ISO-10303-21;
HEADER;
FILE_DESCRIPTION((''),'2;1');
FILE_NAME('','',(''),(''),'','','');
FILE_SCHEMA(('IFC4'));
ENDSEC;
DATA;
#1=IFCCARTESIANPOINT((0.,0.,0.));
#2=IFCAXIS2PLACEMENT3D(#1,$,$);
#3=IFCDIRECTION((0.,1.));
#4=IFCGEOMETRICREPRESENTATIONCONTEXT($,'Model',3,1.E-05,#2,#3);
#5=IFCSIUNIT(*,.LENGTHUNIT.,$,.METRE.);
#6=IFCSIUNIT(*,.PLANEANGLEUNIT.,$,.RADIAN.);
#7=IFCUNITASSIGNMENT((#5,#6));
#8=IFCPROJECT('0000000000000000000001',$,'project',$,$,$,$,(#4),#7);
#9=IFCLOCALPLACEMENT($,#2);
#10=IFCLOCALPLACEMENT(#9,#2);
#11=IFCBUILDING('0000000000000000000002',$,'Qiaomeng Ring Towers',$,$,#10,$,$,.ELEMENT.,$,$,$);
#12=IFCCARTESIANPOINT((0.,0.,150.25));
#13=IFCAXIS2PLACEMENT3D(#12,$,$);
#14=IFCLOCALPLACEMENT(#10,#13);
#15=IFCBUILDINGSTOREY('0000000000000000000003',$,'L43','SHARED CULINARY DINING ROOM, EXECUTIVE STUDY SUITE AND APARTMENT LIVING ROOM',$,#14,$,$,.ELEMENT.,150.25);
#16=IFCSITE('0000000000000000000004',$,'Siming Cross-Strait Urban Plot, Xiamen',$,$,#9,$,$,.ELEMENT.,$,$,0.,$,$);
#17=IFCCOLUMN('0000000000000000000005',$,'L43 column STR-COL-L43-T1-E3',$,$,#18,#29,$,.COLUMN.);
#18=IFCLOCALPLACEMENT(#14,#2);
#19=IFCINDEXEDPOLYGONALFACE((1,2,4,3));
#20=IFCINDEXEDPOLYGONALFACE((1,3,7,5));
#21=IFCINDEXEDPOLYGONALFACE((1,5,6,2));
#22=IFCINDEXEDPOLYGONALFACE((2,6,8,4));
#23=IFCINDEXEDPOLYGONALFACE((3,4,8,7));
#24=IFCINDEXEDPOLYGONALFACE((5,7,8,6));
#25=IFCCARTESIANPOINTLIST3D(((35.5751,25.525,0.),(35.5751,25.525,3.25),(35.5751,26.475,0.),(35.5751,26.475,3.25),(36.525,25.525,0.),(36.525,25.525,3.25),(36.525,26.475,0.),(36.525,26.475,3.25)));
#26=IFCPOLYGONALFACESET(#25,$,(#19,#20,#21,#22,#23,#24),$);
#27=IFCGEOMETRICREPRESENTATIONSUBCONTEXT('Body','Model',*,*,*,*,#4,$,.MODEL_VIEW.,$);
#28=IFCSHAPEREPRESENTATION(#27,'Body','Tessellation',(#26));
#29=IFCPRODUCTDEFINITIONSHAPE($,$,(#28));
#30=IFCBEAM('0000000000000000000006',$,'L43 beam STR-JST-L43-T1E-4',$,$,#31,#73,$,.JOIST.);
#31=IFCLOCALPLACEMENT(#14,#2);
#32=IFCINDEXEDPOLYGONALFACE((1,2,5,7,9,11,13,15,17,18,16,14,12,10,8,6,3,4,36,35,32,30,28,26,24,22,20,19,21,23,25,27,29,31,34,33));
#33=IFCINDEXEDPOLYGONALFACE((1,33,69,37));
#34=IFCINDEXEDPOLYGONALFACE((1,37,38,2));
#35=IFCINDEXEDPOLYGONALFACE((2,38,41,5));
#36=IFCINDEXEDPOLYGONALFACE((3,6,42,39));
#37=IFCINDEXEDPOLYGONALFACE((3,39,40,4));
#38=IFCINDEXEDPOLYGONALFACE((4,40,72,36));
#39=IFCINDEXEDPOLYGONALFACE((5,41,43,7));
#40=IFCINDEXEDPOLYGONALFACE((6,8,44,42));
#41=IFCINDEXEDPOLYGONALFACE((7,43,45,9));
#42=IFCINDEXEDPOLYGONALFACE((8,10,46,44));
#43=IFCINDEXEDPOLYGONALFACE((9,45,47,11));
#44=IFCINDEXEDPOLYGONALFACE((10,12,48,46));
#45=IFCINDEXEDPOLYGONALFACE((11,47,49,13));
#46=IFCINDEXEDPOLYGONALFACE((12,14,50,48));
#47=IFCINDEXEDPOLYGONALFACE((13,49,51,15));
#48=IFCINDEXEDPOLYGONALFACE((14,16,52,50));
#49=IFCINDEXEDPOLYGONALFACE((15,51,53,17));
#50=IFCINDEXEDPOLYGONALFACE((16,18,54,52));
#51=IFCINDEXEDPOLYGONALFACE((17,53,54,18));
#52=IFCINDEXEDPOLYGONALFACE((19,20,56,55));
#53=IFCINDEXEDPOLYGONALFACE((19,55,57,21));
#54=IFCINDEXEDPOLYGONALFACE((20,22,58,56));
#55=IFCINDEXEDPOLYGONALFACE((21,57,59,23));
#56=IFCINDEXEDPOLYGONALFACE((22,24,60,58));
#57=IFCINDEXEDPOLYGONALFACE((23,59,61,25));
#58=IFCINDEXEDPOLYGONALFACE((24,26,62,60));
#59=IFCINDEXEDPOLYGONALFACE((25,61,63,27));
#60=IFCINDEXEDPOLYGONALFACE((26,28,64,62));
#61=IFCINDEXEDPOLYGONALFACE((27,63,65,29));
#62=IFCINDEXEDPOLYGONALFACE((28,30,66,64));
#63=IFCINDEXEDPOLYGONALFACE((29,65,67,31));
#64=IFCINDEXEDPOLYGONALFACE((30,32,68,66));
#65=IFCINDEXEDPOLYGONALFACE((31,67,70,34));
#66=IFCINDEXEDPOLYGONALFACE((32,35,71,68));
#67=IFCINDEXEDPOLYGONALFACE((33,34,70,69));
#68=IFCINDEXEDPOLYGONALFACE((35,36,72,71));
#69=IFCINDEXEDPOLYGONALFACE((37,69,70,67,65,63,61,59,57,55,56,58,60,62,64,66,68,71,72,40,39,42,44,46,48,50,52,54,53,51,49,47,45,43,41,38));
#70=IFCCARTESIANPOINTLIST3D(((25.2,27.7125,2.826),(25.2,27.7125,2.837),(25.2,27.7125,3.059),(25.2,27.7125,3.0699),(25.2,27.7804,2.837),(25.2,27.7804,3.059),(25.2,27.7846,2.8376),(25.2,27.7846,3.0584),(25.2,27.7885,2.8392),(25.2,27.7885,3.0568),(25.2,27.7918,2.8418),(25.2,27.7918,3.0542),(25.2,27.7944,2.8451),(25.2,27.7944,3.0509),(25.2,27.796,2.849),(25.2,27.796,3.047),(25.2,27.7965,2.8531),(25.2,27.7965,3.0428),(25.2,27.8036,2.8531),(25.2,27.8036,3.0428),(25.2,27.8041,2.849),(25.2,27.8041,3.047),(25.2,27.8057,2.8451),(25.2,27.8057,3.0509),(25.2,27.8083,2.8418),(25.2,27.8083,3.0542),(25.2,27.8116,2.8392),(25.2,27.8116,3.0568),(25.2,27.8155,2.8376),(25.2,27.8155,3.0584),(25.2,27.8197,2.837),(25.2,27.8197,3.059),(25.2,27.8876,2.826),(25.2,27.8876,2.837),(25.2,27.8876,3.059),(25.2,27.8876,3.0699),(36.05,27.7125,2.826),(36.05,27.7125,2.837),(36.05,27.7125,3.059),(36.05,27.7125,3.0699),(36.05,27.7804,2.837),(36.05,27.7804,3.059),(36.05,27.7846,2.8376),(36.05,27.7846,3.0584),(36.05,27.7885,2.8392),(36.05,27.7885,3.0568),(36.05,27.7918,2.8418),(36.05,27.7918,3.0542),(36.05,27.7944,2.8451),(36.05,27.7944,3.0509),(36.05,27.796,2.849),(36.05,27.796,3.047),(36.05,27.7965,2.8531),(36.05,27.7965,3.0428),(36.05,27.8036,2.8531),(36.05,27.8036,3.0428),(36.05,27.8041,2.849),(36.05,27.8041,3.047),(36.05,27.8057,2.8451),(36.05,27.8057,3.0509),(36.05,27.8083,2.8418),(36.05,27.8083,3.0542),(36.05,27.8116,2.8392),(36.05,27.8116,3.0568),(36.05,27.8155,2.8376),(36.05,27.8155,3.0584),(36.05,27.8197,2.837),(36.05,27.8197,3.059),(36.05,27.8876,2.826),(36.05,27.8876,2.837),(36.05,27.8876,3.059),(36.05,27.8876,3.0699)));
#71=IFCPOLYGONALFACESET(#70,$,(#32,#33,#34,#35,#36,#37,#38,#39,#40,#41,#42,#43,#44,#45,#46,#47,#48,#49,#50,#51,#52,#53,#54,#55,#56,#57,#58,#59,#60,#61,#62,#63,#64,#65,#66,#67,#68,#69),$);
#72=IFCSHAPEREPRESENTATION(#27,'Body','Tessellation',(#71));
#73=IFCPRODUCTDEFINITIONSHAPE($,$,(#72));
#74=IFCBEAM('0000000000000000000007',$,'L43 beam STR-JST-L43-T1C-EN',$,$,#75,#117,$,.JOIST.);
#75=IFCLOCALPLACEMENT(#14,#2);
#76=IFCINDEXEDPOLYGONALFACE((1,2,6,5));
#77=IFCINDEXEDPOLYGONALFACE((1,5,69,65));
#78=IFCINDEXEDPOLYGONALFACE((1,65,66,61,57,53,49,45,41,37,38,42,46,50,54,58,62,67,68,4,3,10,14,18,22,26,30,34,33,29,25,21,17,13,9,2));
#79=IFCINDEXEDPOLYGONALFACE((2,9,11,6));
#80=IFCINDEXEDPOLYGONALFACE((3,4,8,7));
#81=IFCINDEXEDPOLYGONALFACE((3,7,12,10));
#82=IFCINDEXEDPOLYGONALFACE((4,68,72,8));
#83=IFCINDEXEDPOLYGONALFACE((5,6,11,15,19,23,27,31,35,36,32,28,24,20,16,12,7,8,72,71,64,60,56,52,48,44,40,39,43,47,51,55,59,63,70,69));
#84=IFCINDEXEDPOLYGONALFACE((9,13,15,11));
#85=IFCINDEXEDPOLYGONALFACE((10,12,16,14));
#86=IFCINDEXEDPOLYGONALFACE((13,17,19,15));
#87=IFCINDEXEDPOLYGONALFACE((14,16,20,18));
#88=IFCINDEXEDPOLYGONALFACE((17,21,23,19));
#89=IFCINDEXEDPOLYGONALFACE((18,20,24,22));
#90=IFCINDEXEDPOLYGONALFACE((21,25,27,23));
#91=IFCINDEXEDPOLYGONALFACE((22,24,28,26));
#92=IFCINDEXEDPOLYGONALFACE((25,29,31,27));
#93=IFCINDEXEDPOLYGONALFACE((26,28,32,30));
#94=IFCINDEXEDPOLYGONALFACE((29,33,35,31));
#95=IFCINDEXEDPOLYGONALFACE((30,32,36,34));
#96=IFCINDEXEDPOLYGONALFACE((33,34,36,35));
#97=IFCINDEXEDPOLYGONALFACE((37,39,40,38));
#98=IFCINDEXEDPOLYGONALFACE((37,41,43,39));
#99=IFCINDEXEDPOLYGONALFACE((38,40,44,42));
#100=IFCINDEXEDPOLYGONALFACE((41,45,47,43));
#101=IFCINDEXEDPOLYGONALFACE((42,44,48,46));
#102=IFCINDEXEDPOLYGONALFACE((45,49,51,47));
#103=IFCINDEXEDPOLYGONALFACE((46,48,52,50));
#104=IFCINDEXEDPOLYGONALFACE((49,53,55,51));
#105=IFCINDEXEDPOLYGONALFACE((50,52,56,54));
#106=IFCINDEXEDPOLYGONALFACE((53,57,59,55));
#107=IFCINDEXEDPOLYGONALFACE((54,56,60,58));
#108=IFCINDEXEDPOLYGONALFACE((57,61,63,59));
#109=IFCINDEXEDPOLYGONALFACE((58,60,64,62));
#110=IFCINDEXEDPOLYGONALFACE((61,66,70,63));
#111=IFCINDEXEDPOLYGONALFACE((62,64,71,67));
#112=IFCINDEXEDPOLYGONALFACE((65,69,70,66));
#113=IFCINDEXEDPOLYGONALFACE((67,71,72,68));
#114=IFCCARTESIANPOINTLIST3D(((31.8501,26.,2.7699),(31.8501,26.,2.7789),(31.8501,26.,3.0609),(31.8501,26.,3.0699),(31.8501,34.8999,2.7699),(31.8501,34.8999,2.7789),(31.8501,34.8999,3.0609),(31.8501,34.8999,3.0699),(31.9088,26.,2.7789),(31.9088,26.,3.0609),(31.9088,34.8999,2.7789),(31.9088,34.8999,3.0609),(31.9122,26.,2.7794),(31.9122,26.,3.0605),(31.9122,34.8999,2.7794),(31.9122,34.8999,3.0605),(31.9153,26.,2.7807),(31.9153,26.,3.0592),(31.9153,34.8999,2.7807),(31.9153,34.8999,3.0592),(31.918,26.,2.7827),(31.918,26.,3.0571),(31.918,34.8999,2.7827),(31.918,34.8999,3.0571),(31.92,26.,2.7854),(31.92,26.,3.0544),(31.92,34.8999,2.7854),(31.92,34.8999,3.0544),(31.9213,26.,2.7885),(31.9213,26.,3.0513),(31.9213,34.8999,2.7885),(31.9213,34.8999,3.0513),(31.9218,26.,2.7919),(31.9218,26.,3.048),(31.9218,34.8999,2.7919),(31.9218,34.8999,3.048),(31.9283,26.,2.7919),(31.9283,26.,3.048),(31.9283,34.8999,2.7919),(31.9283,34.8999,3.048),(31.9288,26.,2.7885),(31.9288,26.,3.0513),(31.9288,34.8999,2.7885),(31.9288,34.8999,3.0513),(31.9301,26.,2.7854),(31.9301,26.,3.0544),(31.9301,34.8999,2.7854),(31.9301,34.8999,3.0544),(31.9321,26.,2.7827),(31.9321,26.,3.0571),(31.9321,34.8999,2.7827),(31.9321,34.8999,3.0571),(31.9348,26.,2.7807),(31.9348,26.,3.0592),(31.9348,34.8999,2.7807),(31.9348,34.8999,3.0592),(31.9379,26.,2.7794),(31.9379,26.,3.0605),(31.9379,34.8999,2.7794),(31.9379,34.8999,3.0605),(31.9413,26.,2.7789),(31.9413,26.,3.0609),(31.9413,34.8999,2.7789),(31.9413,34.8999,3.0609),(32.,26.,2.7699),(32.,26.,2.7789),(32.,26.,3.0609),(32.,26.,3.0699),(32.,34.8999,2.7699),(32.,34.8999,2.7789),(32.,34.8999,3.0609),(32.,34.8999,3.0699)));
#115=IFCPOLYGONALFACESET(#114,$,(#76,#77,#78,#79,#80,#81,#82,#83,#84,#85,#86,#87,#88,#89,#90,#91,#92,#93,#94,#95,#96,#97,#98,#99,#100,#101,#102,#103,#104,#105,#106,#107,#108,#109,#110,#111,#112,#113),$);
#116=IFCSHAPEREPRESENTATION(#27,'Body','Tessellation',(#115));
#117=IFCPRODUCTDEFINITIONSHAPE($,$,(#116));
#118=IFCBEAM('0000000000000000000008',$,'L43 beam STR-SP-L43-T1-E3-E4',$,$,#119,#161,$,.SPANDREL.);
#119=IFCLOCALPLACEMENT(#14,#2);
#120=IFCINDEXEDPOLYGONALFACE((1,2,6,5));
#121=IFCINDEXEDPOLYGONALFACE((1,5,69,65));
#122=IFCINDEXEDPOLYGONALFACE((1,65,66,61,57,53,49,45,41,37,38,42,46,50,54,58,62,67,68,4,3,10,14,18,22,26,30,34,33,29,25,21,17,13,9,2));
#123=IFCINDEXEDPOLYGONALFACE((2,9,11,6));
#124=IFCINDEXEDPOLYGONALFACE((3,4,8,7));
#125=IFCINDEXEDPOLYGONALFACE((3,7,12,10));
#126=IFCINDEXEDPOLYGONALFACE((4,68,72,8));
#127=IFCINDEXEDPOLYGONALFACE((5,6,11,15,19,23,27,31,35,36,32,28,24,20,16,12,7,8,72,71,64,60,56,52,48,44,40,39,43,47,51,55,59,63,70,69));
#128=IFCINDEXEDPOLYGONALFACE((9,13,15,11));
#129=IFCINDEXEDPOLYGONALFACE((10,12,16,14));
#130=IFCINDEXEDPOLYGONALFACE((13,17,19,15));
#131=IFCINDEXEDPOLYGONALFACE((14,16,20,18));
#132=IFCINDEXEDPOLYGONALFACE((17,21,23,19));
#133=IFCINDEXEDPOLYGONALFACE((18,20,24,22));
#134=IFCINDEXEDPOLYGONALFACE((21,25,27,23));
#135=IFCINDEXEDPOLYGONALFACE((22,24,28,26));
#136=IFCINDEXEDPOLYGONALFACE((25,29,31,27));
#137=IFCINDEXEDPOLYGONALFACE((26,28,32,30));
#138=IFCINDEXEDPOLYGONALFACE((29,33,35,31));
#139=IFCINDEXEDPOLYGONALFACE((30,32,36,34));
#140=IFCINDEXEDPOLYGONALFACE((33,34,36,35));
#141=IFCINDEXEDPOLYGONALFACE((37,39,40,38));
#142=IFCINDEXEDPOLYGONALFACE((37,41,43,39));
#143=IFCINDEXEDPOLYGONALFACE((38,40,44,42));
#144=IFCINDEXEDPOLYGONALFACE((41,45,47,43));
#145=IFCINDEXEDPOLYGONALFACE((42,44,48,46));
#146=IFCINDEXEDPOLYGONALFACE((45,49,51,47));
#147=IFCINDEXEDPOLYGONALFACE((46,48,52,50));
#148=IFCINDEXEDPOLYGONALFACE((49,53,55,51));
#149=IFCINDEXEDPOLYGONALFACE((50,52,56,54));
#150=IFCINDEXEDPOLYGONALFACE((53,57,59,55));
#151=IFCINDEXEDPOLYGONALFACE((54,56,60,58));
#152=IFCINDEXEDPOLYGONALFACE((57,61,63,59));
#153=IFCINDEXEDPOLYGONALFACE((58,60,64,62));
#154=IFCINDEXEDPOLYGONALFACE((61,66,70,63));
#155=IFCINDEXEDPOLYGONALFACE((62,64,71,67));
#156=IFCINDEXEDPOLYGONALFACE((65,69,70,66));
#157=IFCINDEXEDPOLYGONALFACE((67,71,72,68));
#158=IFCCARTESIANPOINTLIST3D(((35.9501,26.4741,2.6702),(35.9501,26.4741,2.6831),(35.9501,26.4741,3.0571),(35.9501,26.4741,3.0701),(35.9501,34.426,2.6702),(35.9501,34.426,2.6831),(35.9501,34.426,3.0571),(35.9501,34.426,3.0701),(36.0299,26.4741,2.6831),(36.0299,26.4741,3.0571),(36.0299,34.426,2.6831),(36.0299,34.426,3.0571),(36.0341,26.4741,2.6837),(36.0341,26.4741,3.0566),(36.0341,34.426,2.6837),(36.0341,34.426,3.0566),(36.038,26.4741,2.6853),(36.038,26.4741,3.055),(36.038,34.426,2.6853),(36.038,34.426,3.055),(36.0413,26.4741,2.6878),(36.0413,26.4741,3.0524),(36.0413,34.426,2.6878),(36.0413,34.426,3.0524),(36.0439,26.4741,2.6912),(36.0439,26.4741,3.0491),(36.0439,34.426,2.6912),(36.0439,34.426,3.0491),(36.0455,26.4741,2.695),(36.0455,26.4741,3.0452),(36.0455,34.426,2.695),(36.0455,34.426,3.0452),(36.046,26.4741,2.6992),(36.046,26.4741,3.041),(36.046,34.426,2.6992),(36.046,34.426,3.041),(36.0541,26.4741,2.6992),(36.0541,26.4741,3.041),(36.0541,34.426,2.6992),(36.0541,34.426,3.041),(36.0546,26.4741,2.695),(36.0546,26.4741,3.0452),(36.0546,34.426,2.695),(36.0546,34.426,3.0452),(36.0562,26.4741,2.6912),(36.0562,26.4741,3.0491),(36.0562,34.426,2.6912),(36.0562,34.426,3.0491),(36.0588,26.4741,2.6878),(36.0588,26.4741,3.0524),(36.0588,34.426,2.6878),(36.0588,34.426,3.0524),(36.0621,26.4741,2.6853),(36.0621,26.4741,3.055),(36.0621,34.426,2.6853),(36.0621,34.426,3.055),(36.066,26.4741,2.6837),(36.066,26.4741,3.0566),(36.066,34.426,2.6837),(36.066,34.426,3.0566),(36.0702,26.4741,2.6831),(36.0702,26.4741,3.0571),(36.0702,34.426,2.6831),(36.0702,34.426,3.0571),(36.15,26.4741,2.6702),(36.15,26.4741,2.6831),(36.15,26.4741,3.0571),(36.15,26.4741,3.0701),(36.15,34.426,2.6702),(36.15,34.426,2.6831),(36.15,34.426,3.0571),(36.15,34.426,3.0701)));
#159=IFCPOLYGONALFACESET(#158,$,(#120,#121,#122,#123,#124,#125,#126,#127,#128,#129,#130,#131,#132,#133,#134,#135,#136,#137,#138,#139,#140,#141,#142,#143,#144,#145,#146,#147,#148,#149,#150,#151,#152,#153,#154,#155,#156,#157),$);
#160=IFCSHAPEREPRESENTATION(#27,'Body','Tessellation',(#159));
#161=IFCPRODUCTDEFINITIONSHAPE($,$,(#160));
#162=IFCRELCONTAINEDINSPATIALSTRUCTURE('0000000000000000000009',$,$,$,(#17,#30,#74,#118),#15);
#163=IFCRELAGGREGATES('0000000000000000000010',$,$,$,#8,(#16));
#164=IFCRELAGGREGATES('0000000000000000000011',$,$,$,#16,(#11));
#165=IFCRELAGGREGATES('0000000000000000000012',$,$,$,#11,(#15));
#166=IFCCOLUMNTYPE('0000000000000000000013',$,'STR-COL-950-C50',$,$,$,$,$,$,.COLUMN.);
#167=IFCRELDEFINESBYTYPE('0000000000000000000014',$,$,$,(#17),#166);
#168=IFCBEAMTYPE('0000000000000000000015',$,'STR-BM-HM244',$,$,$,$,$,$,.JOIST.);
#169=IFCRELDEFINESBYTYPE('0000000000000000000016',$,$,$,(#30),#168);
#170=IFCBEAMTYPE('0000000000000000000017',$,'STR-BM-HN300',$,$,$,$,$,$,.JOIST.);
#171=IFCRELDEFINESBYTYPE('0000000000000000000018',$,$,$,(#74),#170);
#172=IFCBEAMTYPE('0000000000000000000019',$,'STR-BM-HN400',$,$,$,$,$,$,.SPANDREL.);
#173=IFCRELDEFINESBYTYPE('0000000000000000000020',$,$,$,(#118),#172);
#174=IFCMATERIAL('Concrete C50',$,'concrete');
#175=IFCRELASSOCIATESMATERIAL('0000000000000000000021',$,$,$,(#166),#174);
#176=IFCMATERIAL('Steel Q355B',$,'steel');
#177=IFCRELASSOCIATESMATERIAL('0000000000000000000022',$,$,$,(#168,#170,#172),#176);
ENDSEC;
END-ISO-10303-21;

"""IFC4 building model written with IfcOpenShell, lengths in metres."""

from ifc_helpers import new_model, si_unit, direction, frame, origin, origin_2d, place, context, subcontext, project, spatial, rectangle, i_section, extrude, source, transform, mapped, material, material_profile, profile_set, type_object, element, save


model = new_model("IFC4")

# Units and contexts
model_context = context("Model", 3, precision=1e-05, world=origin(), true_north=direction((0.0, 1.0)))
body_context = subcontext(model_context, "Body", "Model", "MODEL_VIEW")
ifc_project = project(units=[si_unit("LENGTHUNIT", "METRE"), si_unit("PLANEANGLEUNIT", "RADIAN")], contexts=[model_context])

# Site, building, storey
site_placement = place(None, origin())
site = spatial("IfcSite", under=ifc_project, at=site_placement, Name="Siming Cross-Strait Urban Plot, Xiamen", CompositionType="ELEMENT", RefElevation=0.0)
building_placement = place(site_placement, origin())
building = spatial("IfcBuilding", under=site, at=building_placement, Name="Qiaomeng Ring Towers", CompositionType="ELEMENT")
storey_placement = place(building_placement, frame((0.0, 0.0, 150.25)))
storey = spatial("IfcBuildingStorey", under=building, at=storey_placement, Name="L43", Description="SHARED CULINARY DINING ROOM, EXECUTIVE STUDY SUITE AND APARTMENT LIVING ROOM", CompositionType="ELEMENT", Elevation=150.25)

# Column
ifc_material_1 = material(Name="Concrete C50", Category="concrete")
ifc_material_profile_1 = material_profile(ifc_material_1, rectangle(XDim=0.95, YDim=0.95, at=origin_2d()), Name="RC COL 950x950")
ifc_profile_set_1 = profile_set([ifc_material_profile_1], Name="Concrete C50")
column_type = type_object("IfcColumnType", Name="STR-COL-950-C50", PredefinedType="COLUMN", material=ifc_profile_set_1)
shared_shape_1 = source(origin(), body_context, "Body", "SweptSolid", [
    extrude(rectangle(XDim=0.95, YDim=0.95, at=origin_2d()), origin(), (0.0, 0.0, 1.0), 3.25),
])
column_placement = place(storey_placement, frame((36.05, 26.0, 0.0), z_axis=(0.0, 0.0, 1.0), x_axis=(1.0, 0.0, 0.0)))
element("IfcColumn", 1, at=column_placement, inside=storey, type_object=column_type, Name="L43 column STR-COL-L43-T1-E3", PredefinedType="COLUMN", context=body_context, shape_type="MappedRepresentation", body=[
    mapped(shared_shape_1, transform((0.0, 0.0, 0.0), x_axis=(1.0, 0.0, 0.0), y_axis=(0.0, 1.0, 0.0), z_axis=(0.0, 0.0, 1.0), scale=1.0)),
])

# Beams
ifc_material_2 = material(Name="Steel Q355B", Category="steel")
ifc_material_profile_2 = material_profile(ifc_material_2, i_section(OverallWidth=0.175, OverallDepth=0.2439, WebThickness=0.0071, FlangeThickness=0.011, FilletRadius=0.0161, at=origin_2d()), Name="HM 244x175x7x11")
ifc_profile_set_2 = profile_set([ifc_material_profile_2], Name="Steel Q355B")
beam_type_1 = type_object("IfcBeamType", Name="STR-BM-HM244", PredefinedType="JOIST", material=ifc_profile_set_2)
shared_shape_2 = source(origin(), body_context, "Body", "SweptSolid", [
    extrude(i_section(OverallWidth=0.175, OverallDepth=0.2439, WebThickness=0.0071, FlangeThickness=0.011, FilletRadius=0.0161, at=origin_2d()), origin(), (0.0, 0.0, 1.0), 10.8501),
])
beam_1_placement = place(storey_placement, frame((25.2, 27.8, 2.948), z_axis=(1.0, 0.0, 0.0), x_axis=(0.0, 1.0, 0.0)))
element("IfcBeam", 2, at=beam_1_placement, inside=storey, type_object=beam_type_1, Name="L43 beam STR-JST-L43-T1E-4", PredefinedType="JOIST", context=body_context, shape_type="MappedRepresentation", body=[
    mapped(shared_shape_2, transform((0.0, 0.0, 0.0), x_axis=(1.0, 0.0, 0.0), y_axis=(0.0, 1.0, 0.0), z_axis=(0.0, 0.0, 1.0), scale=1.0)),
])
ifc_material_profile_3 = material_profile(ifc_material_2, i_section(OverallWidth=0.1499, OverallDepth=0.3, WebThickness=0.0066, FlangeThickness=0.009, FilletRadius=0.0129, at=origin_2d()), Name="HN 300x150x6.5x9")
ifc_profile_set_3 = profile_set([ifc_material_profile_3], Name="Steel Q355B")
beam_type_2 = type_object("IfcBeamType", Name="STR-BM-HN300", PredefinedType="JOIST", material=ifc_profile_set_3)
shared_shape_3 = source(origin(), body_context, "Body", "SweptSolid", [
    extrude(i_section(OverallWidth=0.1499, OverallDepth=0.3, WebThickness=0.0066, FlangeThickness=0.009, FilletRadius=0.0129, at=origin_2d()), origin(), (0.0, 0.0, 1.0), 8.8999),
])
beam_2_placement = place(storey_placement, frame((31.925, 26.0, 2.9199), z_axis=(0.0, 1.0, 0.0), x_axis=(-1.0, 0.0, 0.0)))
element("IfcBeam", 3, at=beam_2_placement, inside=storey, type_object=beam_type_2, Name="L43 beam STR-JST-L43-T1C-EN", PredefinedType="JOIST", context=body_context, shape_type="MappedRepresentation", body=[
    mapped(shared_shape_3, transform((0.0, 0.0, 0.0), x_axis=(1.0, 0.0, 0.0), y_axis=(0.0, 1.0, 0.0), z_axis=(0.0, 0.0, 1.0), scale=1.0)),
])
ifc_material_profile_4 = material_profile(ifc_material_2, i_section(OverallWidth=0.2, OverallDepth=0.3999, WebThickness=0.0081, FlangeThickness=0.0129, FilletRadius=0.0161, at=origin_2d()), Name="HN 400x200x8x13")
ifc_profile_set_4 = profile_set([ifc_material_profile_4], Name="Steel Q355B")
beam_type_3 = type_object("IfcBeamType", Name="STR-BM-HN400", PredefinedType="SPANDREL", material=ifc_profile_set_4)
shared_shape_4 = source(origin(), body_context, "Body", "SweptSolid", [
    extrude(i_section(OverallWidth=0.2, OverallDepth=0.3999, WebThickness=0.0081, FlangeThickness=0.0129, FilletRadius=0.0161, at=origin_2d()), origin(), (0.0, 0.0, 1.0), 7.9519),
])
beam_3_placement = place(storey_placement, frame((36.05, 26.4741, 2.8701), z_axis=(0.0, 1.0, 0.0), x_axis=(-1.0, 0.0, 0.0)))
element("IfcBeam", 4, at=beam_3_placement, inside=storey, type_object=beam_type_3, Name="L43 beam STR-SP-L43-T1-E3-E4", PredefinedType="SPANDREL", context=body_context, shape_type="MappedRepresentation", body=[
    mapped(shared_shape_4, transform((0.0, 0.0, 0.0), x_axis=(1.0, 0.0, 0.0), y_axis=(0.0, 1.0, 0.0), z_axis=(0.0, 0.0, 1.0), scale=1.0)),
])

save(model, "model.ifc")
